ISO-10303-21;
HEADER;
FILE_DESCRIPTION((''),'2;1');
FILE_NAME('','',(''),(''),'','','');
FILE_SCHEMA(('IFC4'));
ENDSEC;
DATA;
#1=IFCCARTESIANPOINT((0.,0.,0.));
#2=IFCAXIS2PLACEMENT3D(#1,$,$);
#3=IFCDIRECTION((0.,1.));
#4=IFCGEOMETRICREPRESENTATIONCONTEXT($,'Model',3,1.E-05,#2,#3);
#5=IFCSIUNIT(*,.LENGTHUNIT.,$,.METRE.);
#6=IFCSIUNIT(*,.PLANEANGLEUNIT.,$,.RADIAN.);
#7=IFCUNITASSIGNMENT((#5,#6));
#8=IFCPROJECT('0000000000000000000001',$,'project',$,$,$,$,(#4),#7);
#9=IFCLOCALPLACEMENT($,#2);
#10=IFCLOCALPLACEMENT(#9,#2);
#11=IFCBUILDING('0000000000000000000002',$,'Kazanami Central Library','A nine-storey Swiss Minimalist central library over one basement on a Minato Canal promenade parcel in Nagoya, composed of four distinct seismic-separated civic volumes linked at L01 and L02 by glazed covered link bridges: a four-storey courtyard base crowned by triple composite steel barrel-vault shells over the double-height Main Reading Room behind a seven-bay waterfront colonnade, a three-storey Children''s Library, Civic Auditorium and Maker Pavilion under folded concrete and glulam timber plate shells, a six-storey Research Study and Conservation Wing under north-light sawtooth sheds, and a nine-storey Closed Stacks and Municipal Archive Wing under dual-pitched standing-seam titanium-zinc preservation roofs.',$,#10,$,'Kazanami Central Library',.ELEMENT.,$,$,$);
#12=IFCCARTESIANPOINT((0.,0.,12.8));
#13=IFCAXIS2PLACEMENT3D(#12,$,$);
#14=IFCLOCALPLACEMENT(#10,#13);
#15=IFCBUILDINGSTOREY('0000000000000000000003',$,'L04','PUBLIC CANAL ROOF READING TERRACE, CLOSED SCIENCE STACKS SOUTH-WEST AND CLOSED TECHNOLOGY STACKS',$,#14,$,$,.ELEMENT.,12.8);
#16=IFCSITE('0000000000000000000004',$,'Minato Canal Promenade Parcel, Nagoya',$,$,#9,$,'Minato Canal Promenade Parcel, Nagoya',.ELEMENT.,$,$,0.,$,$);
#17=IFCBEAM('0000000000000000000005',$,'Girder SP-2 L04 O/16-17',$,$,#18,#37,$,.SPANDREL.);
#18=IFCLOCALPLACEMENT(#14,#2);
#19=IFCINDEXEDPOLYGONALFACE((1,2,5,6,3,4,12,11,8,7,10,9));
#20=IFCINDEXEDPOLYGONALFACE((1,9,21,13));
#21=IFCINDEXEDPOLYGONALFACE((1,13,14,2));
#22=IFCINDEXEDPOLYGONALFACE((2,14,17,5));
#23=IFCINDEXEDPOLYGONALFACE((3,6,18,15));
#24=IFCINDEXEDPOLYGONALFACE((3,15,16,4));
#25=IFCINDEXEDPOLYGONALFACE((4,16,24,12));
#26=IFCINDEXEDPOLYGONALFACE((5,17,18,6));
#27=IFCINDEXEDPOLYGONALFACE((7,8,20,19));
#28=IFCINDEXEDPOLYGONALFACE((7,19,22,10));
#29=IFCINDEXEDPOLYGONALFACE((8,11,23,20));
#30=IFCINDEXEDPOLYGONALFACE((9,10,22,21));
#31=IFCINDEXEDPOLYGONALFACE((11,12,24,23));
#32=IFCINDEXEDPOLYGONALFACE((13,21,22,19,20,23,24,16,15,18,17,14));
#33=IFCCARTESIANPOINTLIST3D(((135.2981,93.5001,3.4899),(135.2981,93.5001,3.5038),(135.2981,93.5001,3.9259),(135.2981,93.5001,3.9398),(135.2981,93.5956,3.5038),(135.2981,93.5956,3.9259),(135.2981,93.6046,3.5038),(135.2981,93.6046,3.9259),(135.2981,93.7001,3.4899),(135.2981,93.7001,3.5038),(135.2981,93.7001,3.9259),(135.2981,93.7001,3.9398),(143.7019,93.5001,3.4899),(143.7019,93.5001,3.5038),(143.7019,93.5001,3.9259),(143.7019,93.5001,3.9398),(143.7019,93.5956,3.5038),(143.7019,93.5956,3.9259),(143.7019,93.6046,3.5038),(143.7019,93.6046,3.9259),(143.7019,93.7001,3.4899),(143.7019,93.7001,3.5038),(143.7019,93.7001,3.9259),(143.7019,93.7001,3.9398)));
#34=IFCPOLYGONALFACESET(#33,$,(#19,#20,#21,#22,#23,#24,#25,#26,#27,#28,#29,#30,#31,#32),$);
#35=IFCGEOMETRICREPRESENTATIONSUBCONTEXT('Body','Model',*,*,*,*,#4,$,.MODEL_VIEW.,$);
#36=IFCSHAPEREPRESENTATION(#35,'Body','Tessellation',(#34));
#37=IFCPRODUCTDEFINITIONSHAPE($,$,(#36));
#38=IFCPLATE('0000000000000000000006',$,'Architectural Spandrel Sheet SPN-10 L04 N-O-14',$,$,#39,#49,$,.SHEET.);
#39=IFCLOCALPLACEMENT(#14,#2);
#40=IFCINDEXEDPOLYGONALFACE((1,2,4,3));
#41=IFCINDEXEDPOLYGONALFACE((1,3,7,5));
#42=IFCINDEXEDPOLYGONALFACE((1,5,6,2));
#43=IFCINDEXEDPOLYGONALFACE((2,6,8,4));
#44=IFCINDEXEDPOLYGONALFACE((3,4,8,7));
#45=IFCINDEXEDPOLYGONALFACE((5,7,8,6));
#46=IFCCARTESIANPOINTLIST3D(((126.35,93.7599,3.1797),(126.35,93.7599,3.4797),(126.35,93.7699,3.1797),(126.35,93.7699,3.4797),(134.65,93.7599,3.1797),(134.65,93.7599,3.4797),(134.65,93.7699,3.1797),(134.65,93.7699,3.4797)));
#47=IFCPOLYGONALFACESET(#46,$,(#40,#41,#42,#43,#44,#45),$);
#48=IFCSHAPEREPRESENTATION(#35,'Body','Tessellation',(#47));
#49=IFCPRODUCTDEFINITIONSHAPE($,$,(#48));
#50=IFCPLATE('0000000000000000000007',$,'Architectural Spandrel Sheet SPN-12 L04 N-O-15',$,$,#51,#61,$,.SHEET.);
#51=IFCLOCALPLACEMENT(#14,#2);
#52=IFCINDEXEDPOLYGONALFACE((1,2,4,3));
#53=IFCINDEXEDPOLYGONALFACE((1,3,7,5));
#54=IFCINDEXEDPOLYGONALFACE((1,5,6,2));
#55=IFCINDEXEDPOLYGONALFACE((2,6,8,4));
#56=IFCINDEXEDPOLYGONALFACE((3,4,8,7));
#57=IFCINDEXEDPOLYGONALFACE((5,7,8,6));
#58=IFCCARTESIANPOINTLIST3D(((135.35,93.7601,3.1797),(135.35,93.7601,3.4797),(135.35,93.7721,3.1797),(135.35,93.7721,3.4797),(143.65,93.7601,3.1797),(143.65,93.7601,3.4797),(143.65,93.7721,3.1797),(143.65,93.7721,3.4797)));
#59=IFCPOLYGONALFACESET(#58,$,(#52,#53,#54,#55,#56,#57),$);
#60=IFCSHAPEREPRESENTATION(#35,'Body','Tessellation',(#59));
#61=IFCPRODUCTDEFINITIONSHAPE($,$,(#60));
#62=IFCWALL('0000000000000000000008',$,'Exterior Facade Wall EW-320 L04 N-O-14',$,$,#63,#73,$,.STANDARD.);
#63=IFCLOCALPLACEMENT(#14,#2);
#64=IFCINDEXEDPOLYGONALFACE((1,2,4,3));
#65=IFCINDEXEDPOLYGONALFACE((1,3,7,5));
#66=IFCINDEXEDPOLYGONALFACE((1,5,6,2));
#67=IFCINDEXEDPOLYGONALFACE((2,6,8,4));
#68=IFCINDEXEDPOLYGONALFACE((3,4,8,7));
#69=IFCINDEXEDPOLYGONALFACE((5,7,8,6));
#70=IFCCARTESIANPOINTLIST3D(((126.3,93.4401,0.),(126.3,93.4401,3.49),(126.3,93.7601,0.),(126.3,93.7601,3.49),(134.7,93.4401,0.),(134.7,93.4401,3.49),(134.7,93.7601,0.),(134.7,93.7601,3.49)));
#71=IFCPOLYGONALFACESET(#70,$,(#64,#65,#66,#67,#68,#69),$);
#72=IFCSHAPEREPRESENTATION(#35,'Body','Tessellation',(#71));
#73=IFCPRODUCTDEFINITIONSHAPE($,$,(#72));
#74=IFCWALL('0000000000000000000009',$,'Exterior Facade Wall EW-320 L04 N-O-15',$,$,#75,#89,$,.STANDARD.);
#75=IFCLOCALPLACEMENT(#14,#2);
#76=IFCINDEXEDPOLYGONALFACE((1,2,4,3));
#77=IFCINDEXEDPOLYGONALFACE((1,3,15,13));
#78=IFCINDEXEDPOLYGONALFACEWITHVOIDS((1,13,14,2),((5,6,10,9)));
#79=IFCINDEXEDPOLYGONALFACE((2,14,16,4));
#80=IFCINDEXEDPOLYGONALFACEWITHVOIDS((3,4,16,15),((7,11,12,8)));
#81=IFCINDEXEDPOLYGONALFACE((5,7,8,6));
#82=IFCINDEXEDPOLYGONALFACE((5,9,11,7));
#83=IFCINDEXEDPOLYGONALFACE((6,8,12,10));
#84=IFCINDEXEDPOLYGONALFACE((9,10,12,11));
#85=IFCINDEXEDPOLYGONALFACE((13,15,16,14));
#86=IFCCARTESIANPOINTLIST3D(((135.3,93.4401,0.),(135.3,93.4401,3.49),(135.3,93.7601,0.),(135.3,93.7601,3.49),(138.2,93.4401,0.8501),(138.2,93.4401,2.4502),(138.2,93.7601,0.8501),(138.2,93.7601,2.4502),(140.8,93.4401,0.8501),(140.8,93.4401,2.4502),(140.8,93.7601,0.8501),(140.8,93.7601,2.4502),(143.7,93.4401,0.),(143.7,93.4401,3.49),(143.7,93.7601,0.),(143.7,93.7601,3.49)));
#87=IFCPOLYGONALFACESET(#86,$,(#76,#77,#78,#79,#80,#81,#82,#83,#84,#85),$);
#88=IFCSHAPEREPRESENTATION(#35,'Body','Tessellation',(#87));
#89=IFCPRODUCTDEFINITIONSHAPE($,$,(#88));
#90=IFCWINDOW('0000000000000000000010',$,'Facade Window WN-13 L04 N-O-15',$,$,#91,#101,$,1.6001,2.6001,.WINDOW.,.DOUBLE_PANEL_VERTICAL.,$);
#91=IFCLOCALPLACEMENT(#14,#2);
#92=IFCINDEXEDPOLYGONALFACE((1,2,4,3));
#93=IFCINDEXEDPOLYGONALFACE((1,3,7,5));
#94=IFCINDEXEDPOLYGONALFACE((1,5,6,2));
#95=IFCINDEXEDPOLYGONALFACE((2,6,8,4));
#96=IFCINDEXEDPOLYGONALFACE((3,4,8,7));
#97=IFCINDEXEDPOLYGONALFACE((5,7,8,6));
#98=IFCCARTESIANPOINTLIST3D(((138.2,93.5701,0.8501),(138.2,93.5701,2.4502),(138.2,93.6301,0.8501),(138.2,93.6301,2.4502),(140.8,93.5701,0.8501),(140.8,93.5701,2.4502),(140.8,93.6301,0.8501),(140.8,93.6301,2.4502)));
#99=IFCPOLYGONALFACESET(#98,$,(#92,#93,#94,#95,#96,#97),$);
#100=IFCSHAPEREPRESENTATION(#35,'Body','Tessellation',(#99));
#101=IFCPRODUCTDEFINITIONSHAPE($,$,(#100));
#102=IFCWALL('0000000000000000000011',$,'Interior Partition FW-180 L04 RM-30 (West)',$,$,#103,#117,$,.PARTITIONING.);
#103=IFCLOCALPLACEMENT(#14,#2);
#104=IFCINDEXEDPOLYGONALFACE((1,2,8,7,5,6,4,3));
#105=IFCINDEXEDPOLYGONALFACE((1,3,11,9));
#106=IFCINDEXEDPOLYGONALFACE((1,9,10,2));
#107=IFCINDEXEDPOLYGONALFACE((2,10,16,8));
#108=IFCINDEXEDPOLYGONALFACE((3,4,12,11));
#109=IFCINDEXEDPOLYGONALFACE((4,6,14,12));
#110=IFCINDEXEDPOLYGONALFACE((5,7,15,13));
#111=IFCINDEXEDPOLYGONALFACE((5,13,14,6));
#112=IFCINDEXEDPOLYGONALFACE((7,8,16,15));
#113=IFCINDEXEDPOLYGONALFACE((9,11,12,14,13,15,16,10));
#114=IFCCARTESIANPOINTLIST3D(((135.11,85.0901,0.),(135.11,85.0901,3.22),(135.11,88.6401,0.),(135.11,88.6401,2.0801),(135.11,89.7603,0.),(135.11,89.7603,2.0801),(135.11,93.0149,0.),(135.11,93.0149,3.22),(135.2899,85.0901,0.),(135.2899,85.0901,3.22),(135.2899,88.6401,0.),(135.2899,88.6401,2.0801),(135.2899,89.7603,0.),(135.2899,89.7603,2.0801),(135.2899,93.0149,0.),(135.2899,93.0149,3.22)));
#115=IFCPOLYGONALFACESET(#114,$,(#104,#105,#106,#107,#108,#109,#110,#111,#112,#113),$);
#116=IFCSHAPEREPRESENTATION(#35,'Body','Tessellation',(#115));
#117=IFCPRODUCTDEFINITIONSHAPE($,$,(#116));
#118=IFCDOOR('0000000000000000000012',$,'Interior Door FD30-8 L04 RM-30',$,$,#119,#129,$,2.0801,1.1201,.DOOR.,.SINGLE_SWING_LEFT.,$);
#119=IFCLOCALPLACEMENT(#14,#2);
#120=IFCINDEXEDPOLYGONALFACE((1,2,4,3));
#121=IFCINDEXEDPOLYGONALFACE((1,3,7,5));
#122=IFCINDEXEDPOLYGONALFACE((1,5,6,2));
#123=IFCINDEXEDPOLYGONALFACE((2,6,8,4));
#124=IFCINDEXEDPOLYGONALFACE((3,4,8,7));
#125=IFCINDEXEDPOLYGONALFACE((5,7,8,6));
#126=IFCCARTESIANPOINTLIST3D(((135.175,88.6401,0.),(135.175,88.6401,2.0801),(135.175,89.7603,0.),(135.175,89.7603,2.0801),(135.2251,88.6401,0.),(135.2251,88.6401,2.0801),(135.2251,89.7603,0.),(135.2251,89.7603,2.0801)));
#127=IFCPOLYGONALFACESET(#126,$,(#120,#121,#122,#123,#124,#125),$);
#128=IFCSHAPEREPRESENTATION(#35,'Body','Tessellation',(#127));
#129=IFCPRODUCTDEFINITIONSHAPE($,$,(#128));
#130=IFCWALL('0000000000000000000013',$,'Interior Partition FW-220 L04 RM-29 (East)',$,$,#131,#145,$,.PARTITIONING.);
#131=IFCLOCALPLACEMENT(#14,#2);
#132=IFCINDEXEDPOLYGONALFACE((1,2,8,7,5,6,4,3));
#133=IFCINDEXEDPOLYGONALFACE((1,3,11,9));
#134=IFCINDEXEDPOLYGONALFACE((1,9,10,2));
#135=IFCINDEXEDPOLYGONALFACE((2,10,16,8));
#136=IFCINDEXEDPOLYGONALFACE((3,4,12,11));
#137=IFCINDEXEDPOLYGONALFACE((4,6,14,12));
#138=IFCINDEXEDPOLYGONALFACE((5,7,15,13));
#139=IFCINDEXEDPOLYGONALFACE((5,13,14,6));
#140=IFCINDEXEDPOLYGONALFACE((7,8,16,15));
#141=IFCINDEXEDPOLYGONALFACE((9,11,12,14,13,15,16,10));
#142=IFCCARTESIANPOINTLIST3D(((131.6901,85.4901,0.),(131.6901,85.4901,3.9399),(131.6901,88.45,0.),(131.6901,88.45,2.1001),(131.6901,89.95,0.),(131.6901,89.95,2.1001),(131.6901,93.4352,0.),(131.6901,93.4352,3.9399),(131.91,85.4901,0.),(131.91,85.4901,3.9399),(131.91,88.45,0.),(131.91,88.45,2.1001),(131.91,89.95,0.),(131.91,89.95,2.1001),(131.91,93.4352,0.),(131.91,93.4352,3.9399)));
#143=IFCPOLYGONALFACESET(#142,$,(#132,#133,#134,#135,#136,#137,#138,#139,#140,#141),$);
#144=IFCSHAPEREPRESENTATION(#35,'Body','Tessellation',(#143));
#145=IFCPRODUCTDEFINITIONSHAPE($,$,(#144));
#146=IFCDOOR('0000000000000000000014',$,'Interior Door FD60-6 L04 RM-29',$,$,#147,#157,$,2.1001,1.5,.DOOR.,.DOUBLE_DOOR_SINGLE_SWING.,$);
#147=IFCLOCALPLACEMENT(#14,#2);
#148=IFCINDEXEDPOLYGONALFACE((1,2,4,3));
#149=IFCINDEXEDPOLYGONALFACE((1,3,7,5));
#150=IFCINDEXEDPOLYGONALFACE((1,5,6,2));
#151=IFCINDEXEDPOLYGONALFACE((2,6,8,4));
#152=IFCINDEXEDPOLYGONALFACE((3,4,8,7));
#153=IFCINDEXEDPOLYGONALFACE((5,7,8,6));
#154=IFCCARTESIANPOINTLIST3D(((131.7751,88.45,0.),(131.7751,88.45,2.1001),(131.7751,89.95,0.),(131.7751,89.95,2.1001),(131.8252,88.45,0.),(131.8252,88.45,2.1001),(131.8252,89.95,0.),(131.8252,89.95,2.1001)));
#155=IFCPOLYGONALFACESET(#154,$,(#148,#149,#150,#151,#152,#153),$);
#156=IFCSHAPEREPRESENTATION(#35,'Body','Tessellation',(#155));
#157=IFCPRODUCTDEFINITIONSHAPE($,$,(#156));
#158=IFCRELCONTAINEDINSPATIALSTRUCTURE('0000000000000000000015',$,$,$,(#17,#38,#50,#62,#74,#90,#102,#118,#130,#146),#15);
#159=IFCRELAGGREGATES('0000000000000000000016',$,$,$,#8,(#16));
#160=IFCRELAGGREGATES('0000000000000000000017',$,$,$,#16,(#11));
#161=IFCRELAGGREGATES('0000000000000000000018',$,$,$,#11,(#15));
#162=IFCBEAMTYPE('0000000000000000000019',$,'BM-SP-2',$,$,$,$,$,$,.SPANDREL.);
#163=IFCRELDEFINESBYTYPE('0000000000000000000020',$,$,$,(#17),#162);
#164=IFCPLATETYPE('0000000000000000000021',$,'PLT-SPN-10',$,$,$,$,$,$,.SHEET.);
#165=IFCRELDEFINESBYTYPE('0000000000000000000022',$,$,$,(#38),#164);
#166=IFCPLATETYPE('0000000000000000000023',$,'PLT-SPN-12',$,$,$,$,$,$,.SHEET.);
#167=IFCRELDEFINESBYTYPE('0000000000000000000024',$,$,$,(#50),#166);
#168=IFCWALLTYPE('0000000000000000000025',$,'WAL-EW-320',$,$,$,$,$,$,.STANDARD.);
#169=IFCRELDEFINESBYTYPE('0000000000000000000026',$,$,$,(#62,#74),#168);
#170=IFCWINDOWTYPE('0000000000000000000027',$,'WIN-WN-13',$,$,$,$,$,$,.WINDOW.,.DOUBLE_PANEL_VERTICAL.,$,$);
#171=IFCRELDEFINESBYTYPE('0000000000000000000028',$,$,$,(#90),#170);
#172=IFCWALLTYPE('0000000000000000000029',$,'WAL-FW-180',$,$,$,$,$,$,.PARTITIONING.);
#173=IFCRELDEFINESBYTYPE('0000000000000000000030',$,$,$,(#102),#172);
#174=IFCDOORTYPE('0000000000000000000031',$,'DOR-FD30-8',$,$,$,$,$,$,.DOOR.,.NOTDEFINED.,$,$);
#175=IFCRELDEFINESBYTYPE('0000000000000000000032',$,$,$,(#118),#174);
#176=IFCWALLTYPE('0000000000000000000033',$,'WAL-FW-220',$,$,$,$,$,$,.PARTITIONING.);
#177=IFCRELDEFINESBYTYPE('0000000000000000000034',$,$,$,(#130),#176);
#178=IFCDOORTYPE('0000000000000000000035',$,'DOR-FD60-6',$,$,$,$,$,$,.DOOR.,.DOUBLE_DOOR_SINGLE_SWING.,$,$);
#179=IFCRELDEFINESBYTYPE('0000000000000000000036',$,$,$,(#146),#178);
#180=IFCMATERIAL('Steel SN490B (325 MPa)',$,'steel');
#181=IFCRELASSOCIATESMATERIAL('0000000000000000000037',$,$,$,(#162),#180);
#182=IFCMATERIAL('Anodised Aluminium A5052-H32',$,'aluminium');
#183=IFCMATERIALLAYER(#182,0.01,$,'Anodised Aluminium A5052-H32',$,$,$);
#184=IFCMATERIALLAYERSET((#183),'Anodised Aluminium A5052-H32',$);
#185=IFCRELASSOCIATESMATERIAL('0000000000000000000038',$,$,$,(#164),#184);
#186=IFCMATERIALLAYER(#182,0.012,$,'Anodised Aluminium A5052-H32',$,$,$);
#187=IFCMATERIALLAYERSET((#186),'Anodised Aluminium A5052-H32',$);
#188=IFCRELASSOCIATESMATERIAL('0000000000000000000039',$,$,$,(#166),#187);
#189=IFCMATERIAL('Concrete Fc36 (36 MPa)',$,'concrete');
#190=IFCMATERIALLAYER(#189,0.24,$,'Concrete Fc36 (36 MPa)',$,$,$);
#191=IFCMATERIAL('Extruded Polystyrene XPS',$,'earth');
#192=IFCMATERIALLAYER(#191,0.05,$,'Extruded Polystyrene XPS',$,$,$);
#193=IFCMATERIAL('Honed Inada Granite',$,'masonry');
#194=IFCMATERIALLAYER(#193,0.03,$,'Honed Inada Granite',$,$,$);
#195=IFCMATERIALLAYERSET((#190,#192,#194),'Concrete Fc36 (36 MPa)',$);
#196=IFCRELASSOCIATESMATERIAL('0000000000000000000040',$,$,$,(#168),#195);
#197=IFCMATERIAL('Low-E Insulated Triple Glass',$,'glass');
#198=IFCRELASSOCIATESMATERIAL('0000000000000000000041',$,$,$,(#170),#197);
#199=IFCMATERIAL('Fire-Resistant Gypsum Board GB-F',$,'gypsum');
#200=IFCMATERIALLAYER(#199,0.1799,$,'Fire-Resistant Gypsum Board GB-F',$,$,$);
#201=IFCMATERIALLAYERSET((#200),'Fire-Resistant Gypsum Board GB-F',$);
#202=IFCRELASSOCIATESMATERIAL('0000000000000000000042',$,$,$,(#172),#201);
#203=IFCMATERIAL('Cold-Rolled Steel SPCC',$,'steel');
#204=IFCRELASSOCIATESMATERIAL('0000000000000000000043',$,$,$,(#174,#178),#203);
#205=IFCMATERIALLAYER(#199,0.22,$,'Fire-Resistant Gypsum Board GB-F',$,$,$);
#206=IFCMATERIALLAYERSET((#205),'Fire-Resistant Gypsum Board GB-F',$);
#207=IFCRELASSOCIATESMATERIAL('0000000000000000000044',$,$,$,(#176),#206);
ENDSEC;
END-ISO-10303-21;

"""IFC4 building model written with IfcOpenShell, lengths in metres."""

from ifc_helpers import new_model, si_unit, direction, frame, frame_2d, origin, origin_2d, place, context, subcontext, project, spatial, rectangle, i_section, extrude, material, layer, layer_set, material_profile, profile_set, type_object, element, fill, save


model = new_model("IFC4")

# Units and contexts
model_context = context("Model", 3, precision=1e-05, world=origin(), true_north=direction((0.0, 1.0)))
body_context = subcontext(model_context, "Body", "Model", "MODEL_VIEW")
ifc_project = project(units=[si_unit("LENGTHUNIT", "METRE"), si_unit("PLANEANGLEUNIT", "RADIAN")], contexts=[model_context])

# Site, building, storey
site_placement = place(None, origin())
site = spatial("IfcSite", under=ifc_project, at=site_placement, Name="Minato Canal Promenade Parcel, Nagoya", LongName="Minato Canal Promenade Parcel, Nagoya", CompositionType="ELEMENT", RefElevation=0.0)
building_placement = place(site_placement, origin())
building = spatial("IfcBuilding", under=site, at=building_placement, Name="Kazanami Central Library", Description="A nine-storey Swiss Minimalist central library over one basement on a Minato Canal promenade parcel in Nagoya, composed of four distinct seismic-separated civic volumes linked at L01 and L02 by glazed covered link bridges: a four-storey courtyard base crowned by triple composite steel barrel-vault shells over the double-height Main Reading Room behind a seven-bay waterfront colonnade, a three-storey Children's Library, Civic Auditorium and Maker Pavilion under folded concrete and glulam timber plate shells, a six-storey Research Study and Conservation Wing under north-light sawtooth sheds, and a nine-storey Closed Stacks and Municipal Archive Wing under dual-pitched standing-seam titanium-zinc preservation roofs.", LongName="Kazanami Central Library", CompositionType="ELEMENT")
storey_placement = place(building_placement, frame((0.0, 0.0, 12.8)))
storey = spatial("IfcBuildingStorey", under=building, at=storey_placement, Name="L04", Description="PUBLIC CANAL ROOF READING TERRACE, CLOSED SCIENCE STACKS SOUTH-WEST AND CLOSED TECHNOLOGY STACKS", CompositionType="ELEMENT", Elevation=12.8)

# Beam
ifc_material_1 = material(Name="Steel SN490B (325 MPa)", Category="steel")
ifc_material_profile_1 = material_profile(ifc_material_1, i_section(OverallWidth=0.2, OverallDepth=0.45, WebThickness=0.009, FlangeThickness=0.0139, at=origin_2d()), Name="H-450x200x9x14")
ifc_profile_set_1 = profile_set([ifc_material_profile_1], Name="Steel SN490B (325 MPa)")
beam_type_1 = type_object("IfcBeamType", Name="BM-SP-2", PredefinedType="SPANDREL", material=ifc_profile_set_1)
for number, where, z_axis, x_axis, name in (
    (1, (135.2981, 93.6001, 3.7148), (1.0, 0.0, 0.0), (0.0, 1.0, 0.0), "Girder SP-2 L04 O/16-17"),
):
    element("IfcBeam", number, at=place(storey_placement, frame(where, z_axis=z_axis, x_axis=x_axis)), inside=storey, type_object=beam_type_1, Name=name, PredefinedType="SPANDREL", context=body_context, shape_type="SweptSolid", body=[
        extrude(i_section(OverallWidth=0.2, OverallDepth=0.45, WebThickness=0.009, FlangeThickness=0.0139, at=origin_2d()), origin(), (0.0, 0.0, 1.0), 8.4038),
    ])

# Plates
ifc_material_2 = material(Name="Anodised Aluminium A5052-H32", Category="aluminium")
ifc_layer_1 = layer(ifc_material_2, 0.01, Name="Anodised Aluminium A5052-H32")
ifc_layer_set_1 = layer_set([ifc_layer_1], Name="Anodised Aluminium A5052-H32")
plate_type_1 = type_object("IfcPlateType", Name="PLT-SPN-10", PredefinedType="SHEET", material=ifc_layer_set_1)
plate_1_placement = place(storey_placement, frame((130.5, 93.7649, 3.1797), z_axis=(0.0, 0.0, 1.0), x_axis=(-1.0, 0.0, 0.0)))
element("IfcPlate", 2, at=plate_1_placement, inside=storey, type_object=plate_type_1, Name="Architectural Spandrel Sheet SPN-10 L04 N-O-14", PredefinedType="SHEET", context=body_context, shape_type="SweptSolid", body=[
    extrude(rectangle(XDim=8.3, YDim=0.01, at=origin_2d()), origin(), (0.0, 0.0, 1.0), 0.3),
])
ifc_layer_2 = layer(ifc_material_2, 0.012, Name="Anodised Aluminium A5052-H32")
ifc_layer_set_2 = layer_set([ifc_layer_2], Name="Anodised Aluminium A5052-H32")
plate_type_2 = type_object("IfcPlateType", Name="PLT-SPN-12", PredefinedType="SHEET", material=ifc_layer_set_2)
plate_2_placement = place(storey_placement, frame((139.5, 93.7661, 3.1797), z_axis=(0.0, 0.0, 1.0), x_axis=(-1.0, 0.0, 0.0)))
element("IfcPlate", 3, at=plate_2_placement, inside=storey, type_object=plate_type_2, Name="Architectural Spandrel Sheet SPN-12 L04 N-O-15", PredefinedType="SHEET", context=body_context, shape_type="SweptSolid", body=[
    extrude(rectangle(XDim=8.3, YDim=0.012, at=origin_2d()), origin(), (0.0, 0.0, 1.0), 0.3),
])

# Wall
ifc_material_3 = material(Name="Concrete Fc36 (36 MPa)", Category="concrete")
ifc_layer_3 = layer(ifc_material_3, 0.24, Name="Concrete Fc36 (36 MPa)")
ifc_material_4 = material(Name="Extruded Polystyrene XPS", Category="earth")
ifc_layer_4 = layer(ifc_material_4, 0.05, Name="Extruded Polystyrene XPS")
ifc_material_5 = material(Name="Honed Inada Granite", Category="masonry")
ifc_layer_5 = layer(ifc_material_5, 0.03, Name="Honed Inada Granite")
ifc_layer_set_3 = layer_set([ifc_layer_3, ifc_layer_4, ifc_layer_5], Name="Concrete Fc36 (36 MPa)")
wall_type_1 = type_object("IfcWallType", Name="WAL-EW-320", PredefinedType="STANDARD", material=ifc_layer_set_3)
wall_1_placement = place(storey_placement, frame((134.7, 93.6001, 0.0), z_axis=(0.0, 0.0, 1.0), x_axis=(-1.0, 0.0, 0.0)))
element("IfcWall", 4, at=wall_1_placement, inside=storey, type_object=wall_type_1, Name="Exterior Facade Wall EW-320 L04 N-O-14", PredefinedType="STANDARD", context=body_context, shape_type="SweptSolid", body=[
    extrude(rectangle(XDim=8.3999, YDim=0.3201, at=frame_2d((4.2, 0.0))), origin(), (0.0, 0.0, 1.0), 3.49),
])

# Wall, opening, window
wall_2_placement = place(storey_placement, frame((143.7, 93.6001, 0.0), z_axis=(0.0, 0.0, 1.0), x_axis=(-1.0, 0.0, 0.0)))
wall_2 = element("IfcWall", 5, at=wall_2_placement, inside=storey, type_object=wall_type_1, Name="Exterior Facade Wall EW-320 L04 N-O-15", PredefinedType="STANDARD", context=body_context, shape_type="SweptSolid", body=[
    extrude(rectangle(XDim=8.3999, YDim=0.3201, at=frame_2d((4.2, 0.0))), origin(), (0.0, 0.0, 1.0), 3.49),
])
opening_1_placement = place(wall_2_placement, frame((2.8999, 0.0, 0.8501)))
opening_1 = element("IfcOpeningElement", 6, at=opening_1_placement, cuts=wall_2, PredefinedType="OPENING", context=body_context, shape_type="SweptSolid", body=[
    extrude(rectangle(XDim=2.6001, YDim=1.6001, at=frame_2d((1.3, 0.8))), frame((0.0, 0.1719, 0.0), z_axis=(0.0, -1.0, 0.0), x_axis=(1.0, 0.0, 0.0)), (0.0, 0.0, 1.0), 0.344),
])
ifc_material_6 = material(Name="Low-E Insulated Triple Glass", Category="glass")
window_type = type_object("IfcWindowType", Name="WIN-WN-13", PartitioningType="DOUBLE_PANEL_VERTICAL", PredefinedType="WINDOW", material=ifc_material_6)
window_placement = place(opening_1_placement, origin())
window = element("IfcWindow", 7, at=window_placement, inside=storey, type_object=window_type, Name="Facade Window WN-13 L04 N-O-15", OverallHeight=1.6001, OverallWidth=2.6001, PartitioningType="DOUBLE_PANEL_VERTICAL", PredefinedType="WINDOW", context=body_context, shape_type="SweptSolid", body=[
    extrude(rectangle(XDim=2.6001, YDim=1.6001, at=frame_2d((1.3, 0.8))), frame((0.0, 0.03, 0.0), z_axis=(0.0, -1.0, 0.0), x_axis=(1.0, 0.0, 0.0)), (0.0, 0.0, 1.0), 0.0601),
])
fill(opening_1, window)

# Walls, openings, doors
ifc_material_7 = material(Name="Fire-Resistant Gypsum Board GB-F", Category="gypsum")
ifc_layer_6 = layer(ifc_material_7, 0.1799, Name="Fire-Resistant Gypsum Board GB-F")
ifc_layer_set_4 = layer_set([ifc_layer_6], Name="Fire-Resistant Gypsum Board GB-F")
wall_type_2 = type_object("IfcWallType", Name="WAL-FW-180", PredefinedType="PARTITIONING", material=ifc_layer_set_4)
wall_3_placement = place(storey_placement, frame((135.2, 85.0901, 0.0), z_axis=(0.0, 0.0, 1.0), x_axis=(0.0, 1.0, 0.0)))
wall_3 = element("IfcWall", 8, at=wall_3_placement, inside=storey, type_object=wall_type_2, Name="Interior Partition FW-180 L04 RM-30 (West)", PredefinedType="PARTITIONING", context=body_context, shape_type="SweptSolid", body=[
    extrude(rectangle(XDim=7.9248, YDim=0.1799, at=frame_2d((3.9624, 0.0))), origin(), (0.0, 0.0, 1.0), 3.22),
])
opening_2_placement = place(wall_3_placement, frame((3.55, 0.0, 0.0)))
opening_2 = element("IfcOpeningElement", 9, at=opening_2_placement, cuts=wall_3, PredefinedType="OPENING", context=body_context, shape_type="SweptSolid", body=[
    extrude(rectangle(XDim=1.1201, YDim=2.0801, at=frame_2d((0.5601, 1.04))), frame((0.0, 0.1021, 0.0), z_axis=(0.0, -1.0, 0.0), x_axis=(1.0, 0.0, 0.0)), (0.0, 0.0, 1.0), 0.2039),
])
ifc_material_8 = material(Name="Cold-Rolled Steel SPCC", Category="steel")
door_type_1 = type_object("IfcDoorType", Name="DOR-FD30-8", OperationType="NOTDEFINED", PredefinedType="DOOR", material=ifc_material_8)
door_1_placement = place(opening_2_placement, origin())
door_1 = element("IfcDoor", 10, at=door_1_placement, inside=storey, type_object=door_type_1, Name="Interior Door FD30-8 L04 RM-30", OperationType="SINGLE_SWING_LEFT", OverallHeight=2.0801, OverallWidth=1.1201, PredefinedType="DOOR", context=body_context, shape_type="SweptSolid", body=[
    extrude(rectangle(XDim=1.1201, YDim=2.0801, at=frame_2d((0.5601, 1.04))), frame((0.0, 0.0249, 0.0), z_axis=(0.0, -1.0, 0.0), x_axis=(1.0, 0.0, 0.0)), (0.0, 0.0, 1.0), 0.05),
])
fill(opening_2, door_1)
ifc_layer_7 = layer(ifc_material_7, 0.22, Name="Fire-Resistant Gypsum Board GB-F")
ifc_layer_set_5 = layer_set([ifc_layer_7], Name="Fire-Resistant Gypsum Board GB-F")
wall_type_3 = type_object("IfcWallType", Name="WAL-FW-220", PredefinedType="PARTITIONING", material=ifc_layer_set_5)
wall_4_placement = place(storey_placement, frame((131.8, 85.49, 0.0), z_axis=(0.0, 0.0, 1.0), x_axis=(0.0, 1.0, 0.0)))
wall_4 = element("IfcWall", 11, at=wall_4_placement, inside=storey, type_object=wall_type_3, Name="Interior Partition FW-220 L04 RM-29 (East)", PredefinedType="PARTITIONING", context=body_context, shape_type="SweptSolid", body=[
    extrude(rectangle(XDim=7.9451, YDim=0.22, at=frame_2d((3.9727, 0.0))), origin(), (0.0, 0.0, 1.0), 3.9399),
])
opening_3_placement = place(wall_4_placement, frame((2.96, 0.0, 0.0)))
opening_3 = element("IfcOpeningElement", 12, at=opening_3_placement, cuts=wall_4, PredefinedType="OPENING", context=body_context, shape_type="SweptSolid", body=[
    extrude(rectangle(XDim=1.5, YDim=2.1001, at=frame_2d((0.75, 1.05))), frame((0.0, 0.1221, 0.0), z_axis=(0.0, -1.0, 0.0), x_axis=(1.0, 0.0, 0.0)), (0.0, 0.0, 1.0), 0.2439),
])
door_type_2 = type_object("IfcDoorType", Name="DOR-FD60-6", OperationType="DOUBLE_DOOR_SINGLE_SWING", PredefinedType="DOOR", material=ifc_material_8)
door_2_placement = place(opening_3_placement, origin())
door_2 = element("IfcDoor", 13, at=door_2_placement, inside=storey, type_object=door_type_2, Name="Interior Door FD60-6 L04 RM-29", OperationType="DOUBLE_DOOR_SINGLE_SWING", OverallHeight=2.1001, OverallWidth=1.5, PredefinedType="DOOR", context=body_context, shape_type="SweptSolid", body=[
    extrude(rectangle(XDim=1.5, YDim=2.1001, at=frame_2d((0.75, 1.05))), frame((0.0, 0.0249, 0.0), z_axis=(0.0, -1.0, 0.0), x_axis=(1.0, 0.0, 0.0)), (0.0, 0.0, 1.0), 0.05),
])
fill(opening_3, door_2)

save(model, "model.ifc")
